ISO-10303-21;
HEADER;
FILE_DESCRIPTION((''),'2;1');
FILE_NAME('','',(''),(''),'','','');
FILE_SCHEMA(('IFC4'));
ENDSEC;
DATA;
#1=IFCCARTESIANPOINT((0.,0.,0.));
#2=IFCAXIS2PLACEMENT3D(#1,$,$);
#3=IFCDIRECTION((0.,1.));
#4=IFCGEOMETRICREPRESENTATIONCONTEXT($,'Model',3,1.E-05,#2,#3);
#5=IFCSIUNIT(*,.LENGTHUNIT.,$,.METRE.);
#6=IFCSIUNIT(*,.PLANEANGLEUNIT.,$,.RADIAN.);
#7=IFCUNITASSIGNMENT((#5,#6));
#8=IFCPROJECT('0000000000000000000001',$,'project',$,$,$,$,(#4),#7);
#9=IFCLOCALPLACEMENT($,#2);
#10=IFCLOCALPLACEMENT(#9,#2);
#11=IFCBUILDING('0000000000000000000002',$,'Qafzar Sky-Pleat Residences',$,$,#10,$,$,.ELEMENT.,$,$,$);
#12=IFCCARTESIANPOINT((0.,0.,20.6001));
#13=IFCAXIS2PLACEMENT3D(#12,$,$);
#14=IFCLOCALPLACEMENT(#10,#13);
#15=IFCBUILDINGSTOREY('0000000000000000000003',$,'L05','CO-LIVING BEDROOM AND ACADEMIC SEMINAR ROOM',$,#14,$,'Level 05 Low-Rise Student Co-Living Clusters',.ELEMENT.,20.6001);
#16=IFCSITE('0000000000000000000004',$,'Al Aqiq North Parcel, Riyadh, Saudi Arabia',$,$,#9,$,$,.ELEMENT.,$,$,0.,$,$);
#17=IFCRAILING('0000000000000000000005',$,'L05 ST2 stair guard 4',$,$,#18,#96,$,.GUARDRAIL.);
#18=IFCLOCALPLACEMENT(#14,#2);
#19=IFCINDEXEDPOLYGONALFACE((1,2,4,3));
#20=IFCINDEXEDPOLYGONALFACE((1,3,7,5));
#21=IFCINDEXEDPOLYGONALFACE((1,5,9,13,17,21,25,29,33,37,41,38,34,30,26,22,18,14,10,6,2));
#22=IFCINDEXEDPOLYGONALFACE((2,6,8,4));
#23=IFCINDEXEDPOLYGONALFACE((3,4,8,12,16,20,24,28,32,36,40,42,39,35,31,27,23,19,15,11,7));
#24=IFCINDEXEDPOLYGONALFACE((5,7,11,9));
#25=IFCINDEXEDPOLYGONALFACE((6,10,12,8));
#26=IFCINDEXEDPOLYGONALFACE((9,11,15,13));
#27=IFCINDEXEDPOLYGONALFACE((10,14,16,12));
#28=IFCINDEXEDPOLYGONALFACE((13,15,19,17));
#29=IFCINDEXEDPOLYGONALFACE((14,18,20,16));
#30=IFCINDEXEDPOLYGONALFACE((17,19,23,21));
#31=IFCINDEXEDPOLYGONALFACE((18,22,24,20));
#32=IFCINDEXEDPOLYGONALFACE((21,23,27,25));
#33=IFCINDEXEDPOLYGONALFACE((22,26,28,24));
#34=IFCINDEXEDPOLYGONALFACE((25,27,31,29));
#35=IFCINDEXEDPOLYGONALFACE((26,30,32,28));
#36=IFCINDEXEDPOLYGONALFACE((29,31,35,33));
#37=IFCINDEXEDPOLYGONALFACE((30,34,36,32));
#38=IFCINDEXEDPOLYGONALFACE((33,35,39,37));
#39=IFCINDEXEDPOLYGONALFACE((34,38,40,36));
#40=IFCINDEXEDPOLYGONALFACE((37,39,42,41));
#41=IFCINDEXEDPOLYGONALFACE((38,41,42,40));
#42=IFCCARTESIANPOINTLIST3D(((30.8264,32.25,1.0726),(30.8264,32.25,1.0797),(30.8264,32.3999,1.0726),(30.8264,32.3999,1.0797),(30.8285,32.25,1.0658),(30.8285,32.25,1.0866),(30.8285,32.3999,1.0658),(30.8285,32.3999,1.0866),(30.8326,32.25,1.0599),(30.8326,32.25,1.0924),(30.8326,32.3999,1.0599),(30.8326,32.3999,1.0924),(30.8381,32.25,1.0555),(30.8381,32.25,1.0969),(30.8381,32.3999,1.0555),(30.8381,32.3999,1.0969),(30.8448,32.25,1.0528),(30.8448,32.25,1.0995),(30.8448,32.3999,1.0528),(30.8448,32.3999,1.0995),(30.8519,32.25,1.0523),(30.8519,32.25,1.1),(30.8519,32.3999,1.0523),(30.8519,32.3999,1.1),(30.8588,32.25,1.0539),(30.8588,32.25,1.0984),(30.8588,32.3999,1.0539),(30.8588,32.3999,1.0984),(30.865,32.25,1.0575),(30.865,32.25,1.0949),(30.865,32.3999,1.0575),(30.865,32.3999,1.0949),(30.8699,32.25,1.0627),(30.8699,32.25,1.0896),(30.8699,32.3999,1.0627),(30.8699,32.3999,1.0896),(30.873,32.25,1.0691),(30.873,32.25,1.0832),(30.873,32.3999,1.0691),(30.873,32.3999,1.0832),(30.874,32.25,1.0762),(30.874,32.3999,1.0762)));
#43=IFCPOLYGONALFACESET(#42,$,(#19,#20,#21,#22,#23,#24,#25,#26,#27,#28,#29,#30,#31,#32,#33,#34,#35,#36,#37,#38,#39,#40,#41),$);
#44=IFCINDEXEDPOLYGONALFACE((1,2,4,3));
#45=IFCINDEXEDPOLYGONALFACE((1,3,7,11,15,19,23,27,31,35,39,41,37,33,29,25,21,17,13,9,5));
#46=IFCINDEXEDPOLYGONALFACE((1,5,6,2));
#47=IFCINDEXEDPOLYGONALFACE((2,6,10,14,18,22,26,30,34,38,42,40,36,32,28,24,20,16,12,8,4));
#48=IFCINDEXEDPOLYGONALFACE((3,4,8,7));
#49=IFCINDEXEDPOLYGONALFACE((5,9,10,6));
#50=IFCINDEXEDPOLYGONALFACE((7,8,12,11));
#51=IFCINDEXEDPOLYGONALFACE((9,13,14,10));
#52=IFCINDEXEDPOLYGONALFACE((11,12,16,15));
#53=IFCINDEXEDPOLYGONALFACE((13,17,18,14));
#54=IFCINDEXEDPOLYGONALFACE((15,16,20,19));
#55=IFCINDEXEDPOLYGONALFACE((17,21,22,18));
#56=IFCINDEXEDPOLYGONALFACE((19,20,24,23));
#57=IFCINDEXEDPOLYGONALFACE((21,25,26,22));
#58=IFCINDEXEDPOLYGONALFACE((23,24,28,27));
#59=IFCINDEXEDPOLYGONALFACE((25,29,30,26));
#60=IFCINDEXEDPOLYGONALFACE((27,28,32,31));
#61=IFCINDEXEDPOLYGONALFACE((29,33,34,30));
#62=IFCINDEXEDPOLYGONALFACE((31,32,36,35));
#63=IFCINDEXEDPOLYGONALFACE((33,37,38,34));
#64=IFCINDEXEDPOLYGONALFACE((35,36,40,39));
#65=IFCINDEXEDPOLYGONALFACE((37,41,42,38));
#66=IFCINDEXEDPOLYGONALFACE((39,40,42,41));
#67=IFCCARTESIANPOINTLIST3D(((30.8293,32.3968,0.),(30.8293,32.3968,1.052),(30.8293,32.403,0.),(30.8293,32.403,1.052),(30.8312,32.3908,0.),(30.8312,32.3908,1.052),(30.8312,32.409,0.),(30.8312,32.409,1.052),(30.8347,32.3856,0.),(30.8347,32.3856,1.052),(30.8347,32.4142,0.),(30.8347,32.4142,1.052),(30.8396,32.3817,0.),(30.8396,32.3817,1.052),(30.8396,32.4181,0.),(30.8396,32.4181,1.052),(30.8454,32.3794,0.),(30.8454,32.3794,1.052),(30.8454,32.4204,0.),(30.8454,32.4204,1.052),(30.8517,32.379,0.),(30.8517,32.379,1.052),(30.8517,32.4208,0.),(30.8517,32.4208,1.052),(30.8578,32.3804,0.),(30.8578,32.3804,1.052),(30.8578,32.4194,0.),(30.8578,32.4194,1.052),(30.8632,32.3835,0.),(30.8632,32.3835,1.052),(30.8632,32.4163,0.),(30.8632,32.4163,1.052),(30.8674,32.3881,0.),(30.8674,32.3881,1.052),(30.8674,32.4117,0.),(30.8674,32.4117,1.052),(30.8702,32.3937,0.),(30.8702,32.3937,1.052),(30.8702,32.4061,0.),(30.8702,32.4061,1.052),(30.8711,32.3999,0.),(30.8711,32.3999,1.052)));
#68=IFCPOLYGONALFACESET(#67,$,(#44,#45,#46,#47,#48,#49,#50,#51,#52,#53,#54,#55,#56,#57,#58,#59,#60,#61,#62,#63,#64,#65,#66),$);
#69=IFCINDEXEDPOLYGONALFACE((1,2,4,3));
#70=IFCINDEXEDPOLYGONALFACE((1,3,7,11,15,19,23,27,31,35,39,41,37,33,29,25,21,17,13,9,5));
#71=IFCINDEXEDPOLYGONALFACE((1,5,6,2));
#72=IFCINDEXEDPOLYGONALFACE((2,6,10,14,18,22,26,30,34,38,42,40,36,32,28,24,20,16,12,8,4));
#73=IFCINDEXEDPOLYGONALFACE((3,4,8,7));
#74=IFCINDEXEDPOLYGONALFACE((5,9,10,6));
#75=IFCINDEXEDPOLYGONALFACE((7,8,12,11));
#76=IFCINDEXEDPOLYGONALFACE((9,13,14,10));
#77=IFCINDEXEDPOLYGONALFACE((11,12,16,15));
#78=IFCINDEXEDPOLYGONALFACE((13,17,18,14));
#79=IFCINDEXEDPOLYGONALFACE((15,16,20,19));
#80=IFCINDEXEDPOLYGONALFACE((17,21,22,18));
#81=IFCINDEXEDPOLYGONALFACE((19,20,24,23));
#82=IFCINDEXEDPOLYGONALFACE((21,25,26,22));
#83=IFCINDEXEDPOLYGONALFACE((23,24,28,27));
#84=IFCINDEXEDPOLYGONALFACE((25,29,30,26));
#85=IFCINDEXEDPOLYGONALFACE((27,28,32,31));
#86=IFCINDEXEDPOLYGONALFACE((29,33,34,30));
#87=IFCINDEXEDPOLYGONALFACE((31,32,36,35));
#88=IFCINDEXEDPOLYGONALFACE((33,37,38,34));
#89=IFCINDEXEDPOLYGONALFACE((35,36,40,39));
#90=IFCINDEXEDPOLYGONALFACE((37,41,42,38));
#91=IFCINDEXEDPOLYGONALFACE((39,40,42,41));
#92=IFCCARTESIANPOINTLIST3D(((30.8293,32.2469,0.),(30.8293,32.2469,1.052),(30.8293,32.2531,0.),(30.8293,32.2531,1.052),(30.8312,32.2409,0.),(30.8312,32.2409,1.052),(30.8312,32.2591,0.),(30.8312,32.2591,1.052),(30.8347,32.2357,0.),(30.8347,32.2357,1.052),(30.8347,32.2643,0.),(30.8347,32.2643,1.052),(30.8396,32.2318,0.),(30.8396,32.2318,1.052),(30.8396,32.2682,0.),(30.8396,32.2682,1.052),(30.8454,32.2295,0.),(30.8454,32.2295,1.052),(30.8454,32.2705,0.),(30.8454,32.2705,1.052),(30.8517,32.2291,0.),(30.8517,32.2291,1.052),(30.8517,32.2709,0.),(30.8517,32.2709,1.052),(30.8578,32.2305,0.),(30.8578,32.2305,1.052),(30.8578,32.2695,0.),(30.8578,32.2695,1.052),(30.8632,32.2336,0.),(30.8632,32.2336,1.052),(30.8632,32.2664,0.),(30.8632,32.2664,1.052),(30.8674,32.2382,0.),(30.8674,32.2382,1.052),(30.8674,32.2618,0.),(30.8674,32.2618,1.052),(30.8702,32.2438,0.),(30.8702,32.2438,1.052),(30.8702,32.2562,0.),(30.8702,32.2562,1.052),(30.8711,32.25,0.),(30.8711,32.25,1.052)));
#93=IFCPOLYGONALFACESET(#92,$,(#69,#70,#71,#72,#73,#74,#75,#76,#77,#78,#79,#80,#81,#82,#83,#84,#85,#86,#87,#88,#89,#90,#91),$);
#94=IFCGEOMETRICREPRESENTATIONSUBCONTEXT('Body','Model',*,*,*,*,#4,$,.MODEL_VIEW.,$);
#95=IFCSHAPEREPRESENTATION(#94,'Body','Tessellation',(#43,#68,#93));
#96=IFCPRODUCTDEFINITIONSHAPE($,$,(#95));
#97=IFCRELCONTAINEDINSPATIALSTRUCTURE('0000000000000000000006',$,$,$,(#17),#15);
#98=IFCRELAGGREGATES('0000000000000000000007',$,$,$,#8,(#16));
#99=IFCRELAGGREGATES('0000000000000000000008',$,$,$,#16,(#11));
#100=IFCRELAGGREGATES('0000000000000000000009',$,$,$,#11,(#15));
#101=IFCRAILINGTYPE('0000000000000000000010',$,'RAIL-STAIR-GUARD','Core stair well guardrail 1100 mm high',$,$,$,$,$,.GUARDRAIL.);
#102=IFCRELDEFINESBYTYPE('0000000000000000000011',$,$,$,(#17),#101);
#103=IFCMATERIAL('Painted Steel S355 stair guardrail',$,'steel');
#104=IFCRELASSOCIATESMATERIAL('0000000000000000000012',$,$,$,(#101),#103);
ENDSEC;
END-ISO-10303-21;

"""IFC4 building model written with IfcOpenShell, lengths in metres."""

from ifc_helpers import new_model, si_unit, direction, frame, origin, origin_2d, place, context, subcontext, project, spatial, circle, extrude, source, transform, mapped, material, type_object, element, save


model = new_model("IFC4")

# Units and contexts
model_context = context("Model", 3, precision=1e-05, world=origin(), true_north=direction((0.0, 1.0)))
body_context = subcontext(model_context, "Body", "Model", "MODEL_VIEW")
ifc_project = project(units=[si_unit("LENGTHUNIT", "METRE"), si_unit("PLANEANGLEUNIT", "RADIAN")], contexts=[model_context])

# Site, building, storey
site_placement = place(None, origin())
site = spatial("IfcSite", under=ifc_project, at=site_placement, Name="Al Aqiq North Parcel, Riyadh, Saudi Arabia", CompositionType="ELEMENT", RefElevation=0.0)
building_placement = place(site_placement, origin())
building = spatial("IfcBuilding", under=site, at=building_placement, Name="Qafzar Sky-Pleat Residences", CompositionType="ELEMENT")
storey_placement = place(building_placement, frame((0.0, 0.0, 20.6001)))
storey = spatial("IfcBuildingStorey", under=building, at=storey_placement, Name="L05", Description="CO-LIVING BEDROOM AND ACADEMIC SEMINAR ROOM", LongName="Level 05 Low-Rise Student Co-Living Clusters", CompositionType="ELEMENT", Elevation=20.6001)

# Railing
ifc_material_1 = material(Name="Painted Steel S355 stair guardrail", Category="steel")
railing_type_1 = type_object("IfcRailingType", Name="RAIL-STAIR-GUARD", Description="Core stair well guardrail 1100 mm high", PredefinedType="GUARDRAIL", material=ifc_material_1)
shared_shape_1 = source(origin(), body_context, "Body", "SweptSolid", [
    extrude(circle(Radius=0.0239, at=origin_2d()), frame((0.0, 0.0, 1.0762), z_axis=(0.0, -1.0, 0.0), x_axis=(1.0, 0.0, 0.0)), (0.0, 0.0, 1.0), 0.1499),
    extrude(circle(Radius=0.021, at=origin_2d()), origin(), (0.0, 0.0, 1.0), 1.052),
    extrude(circle(Radius=0.021, at=origin_2d()), frame((0.0, -0.1499, 0.0)), (0.0, 0.0, 1.0), 1.052),
])
railing_1_placement = place(storey_placement, frame((30.8501, 32.3999, 0.0)))
element("IfcRailing", 1, at=railing_1_placement, inside=storey, type_object=railing_type_1, Name="L05 ST2 stair guard 4", PredefinedType="GUARDRAIL", context=body_context, shape_type="MappedRepresentation", body=[
    mapped(shared_shape_1, transform((0.0, 0.0, 0.0), x_axis=(1.0, 0.0, 0.0), y_axis=(0.0, 1.0, 0.0), z_axis=(0.0, 0.0, 1.0), scale=1.0)),
])

save(model, "model.ifc")
